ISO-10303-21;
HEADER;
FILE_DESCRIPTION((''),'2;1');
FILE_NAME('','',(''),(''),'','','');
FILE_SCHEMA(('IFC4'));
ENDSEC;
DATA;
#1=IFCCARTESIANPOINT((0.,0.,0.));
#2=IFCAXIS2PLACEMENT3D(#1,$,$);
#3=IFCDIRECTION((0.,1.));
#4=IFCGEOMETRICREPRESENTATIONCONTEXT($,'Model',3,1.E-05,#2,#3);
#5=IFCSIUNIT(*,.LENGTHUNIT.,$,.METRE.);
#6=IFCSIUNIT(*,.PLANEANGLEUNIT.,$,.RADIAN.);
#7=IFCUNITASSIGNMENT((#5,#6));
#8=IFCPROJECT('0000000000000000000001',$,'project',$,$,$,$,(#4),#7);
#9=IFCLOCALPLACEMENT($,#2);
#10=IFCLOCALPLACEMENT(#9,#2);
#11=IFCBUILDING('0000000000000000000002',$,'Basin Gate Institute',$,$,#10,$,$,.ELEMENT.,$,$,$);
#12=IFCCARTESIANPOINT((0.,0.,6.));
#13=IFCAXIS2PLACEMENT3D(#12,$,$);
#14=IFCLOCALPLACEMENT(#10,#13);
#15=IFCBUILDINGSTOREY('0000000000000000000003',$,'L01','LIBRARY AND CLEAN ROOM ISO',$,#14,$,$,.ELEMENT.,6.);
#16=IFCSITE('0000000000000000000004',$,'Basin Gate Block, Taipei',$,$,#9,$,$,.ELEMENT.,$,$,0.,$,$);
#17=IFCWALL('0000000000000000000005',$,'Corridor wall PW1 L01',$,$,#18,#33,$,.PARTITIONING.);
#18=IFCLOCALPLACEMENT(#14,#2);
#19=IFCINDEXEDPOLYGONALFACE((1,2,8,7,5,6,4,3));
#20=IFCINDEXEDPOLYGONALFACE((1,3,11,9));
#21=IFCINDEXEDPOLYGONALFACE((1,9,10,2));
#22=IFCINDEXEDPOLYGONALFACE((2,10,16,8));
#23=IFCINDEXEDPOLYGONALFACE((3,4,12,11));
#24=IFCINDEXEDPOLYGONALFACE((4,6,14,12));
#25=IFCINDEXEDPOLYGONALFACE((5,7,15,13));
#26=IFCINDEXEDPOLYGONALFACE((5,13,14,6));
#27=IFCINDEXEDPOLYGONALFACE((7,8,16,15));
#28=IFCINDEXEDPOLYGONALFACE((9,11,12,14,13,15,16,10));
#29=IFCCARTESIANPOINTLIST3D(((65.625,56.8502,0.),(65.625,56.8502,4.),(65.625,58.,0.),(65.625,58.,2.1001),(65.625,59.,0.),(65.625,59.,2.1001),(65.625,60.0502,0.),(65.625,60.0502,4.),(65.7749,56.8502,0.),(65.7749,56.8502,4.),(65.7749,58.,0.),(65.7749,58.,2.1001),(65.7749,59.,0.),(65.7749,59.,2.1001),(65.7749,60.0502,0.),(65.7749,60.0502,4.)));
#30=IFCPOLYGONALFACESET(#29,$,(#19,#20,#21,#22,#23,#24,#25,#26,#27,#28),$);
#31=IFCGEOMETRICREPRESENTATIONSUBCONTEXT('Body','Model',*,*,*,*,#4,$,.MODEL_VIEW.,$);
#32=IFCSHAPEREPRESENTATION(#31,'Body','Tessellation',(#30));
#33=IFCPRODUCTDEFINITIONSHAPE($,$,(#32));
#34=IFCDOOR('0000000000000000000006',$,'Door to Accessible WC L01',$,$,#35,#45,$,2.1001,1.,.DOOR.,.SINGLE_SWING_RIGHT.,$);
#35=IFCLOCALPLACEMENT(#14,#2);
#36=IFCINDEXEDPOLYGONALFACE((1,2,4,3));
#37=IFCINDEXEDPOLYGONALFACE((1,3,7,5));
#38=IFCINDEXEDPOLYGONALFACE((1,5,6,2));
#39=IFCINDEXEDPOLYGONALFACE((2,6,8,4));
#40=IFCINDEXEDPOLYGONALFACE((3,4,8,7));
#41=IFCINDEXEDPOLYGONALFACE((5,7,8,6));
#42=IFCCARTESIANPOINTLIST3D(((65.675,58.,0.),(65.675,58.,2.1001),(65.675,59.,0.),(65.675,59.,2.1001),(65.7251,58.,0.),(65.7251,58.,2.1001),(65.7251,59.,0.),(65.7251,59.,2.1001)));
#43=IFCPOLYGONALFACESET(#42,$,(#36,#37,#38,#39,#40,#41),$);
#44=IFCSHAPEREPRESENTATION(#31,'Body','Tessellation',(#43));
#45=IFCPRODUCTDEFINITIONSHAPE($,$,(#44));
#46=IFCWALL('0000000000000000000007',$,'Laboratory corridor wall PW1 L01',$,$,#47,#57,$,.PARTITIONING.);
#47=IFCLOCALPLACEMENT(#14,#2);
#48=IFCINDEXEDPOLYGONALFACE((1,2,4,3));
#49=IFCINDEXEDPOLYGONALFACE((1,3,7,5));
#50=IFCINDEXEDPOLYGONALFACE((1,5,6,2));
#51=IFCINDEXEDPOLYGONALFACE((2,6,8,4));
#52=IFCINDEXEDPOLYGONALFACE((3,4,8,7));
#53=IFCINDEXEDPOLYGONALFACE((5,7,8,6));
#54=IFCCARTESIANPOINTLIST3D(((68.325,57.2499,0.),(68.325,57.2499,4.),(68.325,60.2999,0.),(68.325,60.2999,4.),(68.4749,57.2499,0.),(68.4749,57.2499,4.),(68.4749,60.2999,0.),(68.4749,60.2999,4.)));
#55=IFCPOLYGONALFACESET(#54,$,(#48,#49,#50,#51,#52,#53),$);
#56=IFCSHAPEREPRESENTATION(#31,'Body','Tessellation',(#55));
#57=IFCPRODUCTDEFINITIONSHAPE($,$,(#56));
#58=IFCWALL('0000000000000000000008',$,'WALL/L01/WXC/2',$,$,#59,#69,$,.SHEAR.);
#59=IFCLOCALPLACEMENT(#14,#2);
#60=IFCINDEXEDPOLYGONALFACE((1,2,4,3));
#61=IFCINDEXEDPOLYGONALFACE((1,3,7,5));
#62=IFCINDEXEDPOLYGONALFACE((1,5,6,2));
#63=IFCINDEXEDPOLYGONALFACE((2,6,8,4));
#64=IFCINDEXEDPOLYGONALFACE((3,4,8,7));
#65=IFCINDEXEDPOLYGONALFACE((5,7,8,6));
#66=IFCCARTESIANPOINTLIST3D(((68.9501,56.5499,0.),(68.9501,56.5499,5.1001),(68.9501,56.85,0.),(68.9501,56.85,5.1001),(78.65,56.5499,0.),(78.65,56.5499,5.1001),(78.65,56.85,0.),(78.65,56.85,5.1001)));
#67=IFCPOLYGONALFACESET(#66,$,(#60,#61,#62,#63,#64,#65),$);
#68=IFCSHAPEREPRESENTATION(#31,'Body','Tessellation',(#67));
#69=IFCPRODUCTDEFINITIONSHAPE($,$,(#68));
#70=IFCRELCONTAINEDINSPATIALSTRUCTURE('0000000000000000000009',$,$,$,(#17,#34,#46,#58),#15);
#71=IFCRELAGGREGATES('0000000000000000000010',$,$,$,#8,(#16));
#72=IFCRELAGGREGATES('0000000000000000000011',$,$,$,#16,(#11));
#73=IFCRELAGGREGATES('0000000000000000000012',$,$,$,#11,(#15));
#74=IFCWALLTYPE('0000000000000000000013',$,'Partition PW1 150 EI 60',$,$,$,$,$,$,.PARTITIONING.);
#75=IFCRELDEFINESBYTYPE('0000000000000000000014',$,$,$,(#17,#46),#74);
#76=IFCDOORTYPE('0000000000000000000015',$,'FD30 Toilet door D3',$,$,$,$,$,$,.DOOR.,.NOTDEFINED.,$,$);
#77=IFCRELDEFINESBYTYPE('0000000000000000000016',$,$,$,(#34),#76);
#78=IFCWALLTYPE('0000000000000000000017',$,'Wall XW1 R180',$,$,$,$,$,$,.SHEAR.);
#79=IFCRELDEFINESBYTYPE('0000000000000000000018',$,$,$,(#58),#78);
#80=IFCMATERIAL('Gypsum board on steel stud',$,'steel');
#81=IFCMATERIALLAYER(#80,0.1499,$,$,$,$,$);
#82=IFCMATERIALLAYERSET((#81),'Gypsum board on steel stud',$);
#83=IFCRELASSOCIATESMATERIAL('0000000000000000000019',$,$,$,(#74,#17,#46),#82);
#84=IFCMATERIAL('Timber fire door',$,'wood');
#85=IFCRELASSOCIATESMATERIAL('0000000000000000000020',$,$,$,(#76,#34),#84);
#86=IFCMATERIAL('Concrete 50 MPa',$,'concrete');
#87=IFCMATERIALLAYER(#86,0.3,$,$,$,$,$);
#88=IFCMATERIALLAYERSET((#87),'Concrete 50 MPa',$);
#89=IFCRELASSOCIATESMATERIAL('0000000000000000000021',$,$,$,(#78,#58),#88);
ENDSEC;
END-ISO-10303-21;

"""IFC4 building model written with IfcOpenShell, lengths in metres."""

from ifc_helpers import new_model, si_unit, direction, frame, frame_2d, origin, place, context, subcontext, project, spatial, rectangle, extrude, material, layer, layer_set, type_object, element, fill, save


model = new_model("IFC4")

# Units and contexts
model_context = context("Model", 3, precision=1e-05, world=origin(), true_north=direction((0.0, 1.0)))
body_context = subcontext(model_context, "Body", "Model", "MODEL_VIEW")
ifc_project = project(units=[si_unit("LENGTHUNIT", "METRE"), si_unit("PLANEANGLEUNIT", "RADIAN")], contexts=[model_context])

# Site, building, storey
site_placement = place(None, origin())
site = spatial("IfcSite", under=ifc_project, at=site_placement, Name="Basin Gate Block, Taipei", CompositionType="ELEMENT", RefElevation=0.0)
building_placement = place(site_placement, origin())
building = spatial("IfcBuilding", under=site, at=building_placement, Name="Basin Gate Institute", CompositionType="ELEMENT")
storey_placement = place(building_placement, frame((0.0, 0.0, 6.0)))
storey = spatial("IfcBuildingStorey", under=building, at=storey_placement, Name="L01", Description="LIBRARY AND CLEAN ROOM ISO", CompositionType="ELEMENT", Elevation=6.0)

# Wall, opening, door
ifc_material_1 = material(Name="Gypsum board on steel stud", Category="steel")
ifc_layer_1 = layer(ifc_material_1, 0.1499)
ifc_layer_set_1 = layer_set([ifc_layer_1], Name="Gypsum board on steel stud")
wall_type_1 = type_object("IfcWallType", Name="Partition PW1 150 EI 60", PredefinedType="PARTITIONING", material=ifc_layer_set_1)
wall_1_placement = place(storey_placement, frame((65.7, 56.8501, 0.0), z_axis=(0.0, 0.0, 1.0), x_axis=(0.0, 1.0, 0.0)))
wall_1 = element("IfcWall", 1, at=wall_1_placement, inside=storey, type_object=wall_type_1, material=ifc_layer_set_1, Name="Corridor wall PW1 L01", PredefinedType="PARTITIONING", context=body_context, shape_type="SweptSolid", body=[
    extrude(rectangle(XDim=3.2, YDim=0.1499, at=frame_2d((1.6001, 0.0))), origin(), (0.0, 0.0, 1.0), 4.0),
])
opening_placement = place(wall_1_placement, frame((1.1499, 0.0, 0.0)))
opening = element("IfcOpeningElement", 2, at=opening_placement, cuts=wall_1, PredefinedType="OPENING", context=body_context, shape_type="SweptSolid", body=[
    extrude(rectangle(XDim=1.0, YDim=2.1001, at=frame_2d((0.5, 1.05))), frame((0.0, 0.085, 0.0), z_axis=(0.0, -1.0, 0.0), x_axis=(1.0, 0.0, 0.0)), (0.0, 0.0, 1.0), 0.1699),
])
ifc_material_2 = material(Name="Timber fire door", Category="wood")
door_type = type_object("IfcDoorType", Name="FD30 Toilet door D3", OperationType="NOTDEFINED", PredefinedType="DOOR", material=ifc_material_2)
door_placement = place(opening_placement, origin())
door = element("IfcDoor", 3, at=door_placement, inside=storey, type_object=door_type, material=ifc_material_2, Name="Door to Accessible WC L01", OperationType="SINGLE_SWING_RIGHT", OverallHeight=2.1001, OverallWidth=1.0, PredefinedType="DOOR", context=body_context, shape_type="SweptSolid", body=[
    extrude(rectangle(XDim=1.0, YDim=2.1001, at=frame_2d((0.5, 1.05))), frame((0.0, 0.0249, 0.0), z_axis=(0.0, -1.0, 0.0), x_axis=(1.0, 0.0, 0.0)), (0.0, 0.0, 1.0), 0.05),
])
fill(opening, door)

# Walls
wall_2_placement = place(storey_placement, frame((68.3999, 57.25, 0.0), z_axis=(0.0, 0.0, 1.0), x_axis=(0.0, 1.0, 0.0)))
element("IfcWall", 4, at=wall_2_placement, inside=storey, type_object=wall_type_1, material=ifc_layer_set_1, Name="Laboratory corridor wall PW1 L01", PredefinedType="PARTITIONING", context=body_context, shape_type="SweptSolid", body=[
    extrude(rectangle(XDim=3.05, YDim=0.1499, at=frame_2d((1.5249, 0.0))), origin(), (0.0, 0.0, 1.0), 4.0),
])
ifc_material_3 = material(Name="Concrete 50 MPa", Category="concrete")
ifc_layer_2 = layer(ifc_material_3, 0.3)
ifc_layer_set_2 = layer_set([ifc_layer_2], Name="Concrete 50 MPa")
wall_type_2 = type_object("IfcWallType", Name="Wall XW1 R180", PredefinedType="SHEAR", material=ifc_layer_set_2)
wall_3_placement = place(storey_placement, frame((68.95, 56.7, 0.0), z_axis=(0.0, 0.0, 1.0), x_axis=(1.0, 0.0, 0.0)))
element("IfcWall", 5, at=wall_3_placement, inside=storey, type_object=wall_type_2, material=ifc_layer_set_2, Name="WALL/L01/WXC/2", PredefinedType="SHEAR", context=body_context, shape_type="SweptSolid", body=[
    extrude(rectangle(XDim=9.7, YDim=0.3, at=frame_2d((4.8501, 0.0))), origin(), (0.0, 0.0, 1.0), 5.1001),
])

save(model, "model.ifc")
